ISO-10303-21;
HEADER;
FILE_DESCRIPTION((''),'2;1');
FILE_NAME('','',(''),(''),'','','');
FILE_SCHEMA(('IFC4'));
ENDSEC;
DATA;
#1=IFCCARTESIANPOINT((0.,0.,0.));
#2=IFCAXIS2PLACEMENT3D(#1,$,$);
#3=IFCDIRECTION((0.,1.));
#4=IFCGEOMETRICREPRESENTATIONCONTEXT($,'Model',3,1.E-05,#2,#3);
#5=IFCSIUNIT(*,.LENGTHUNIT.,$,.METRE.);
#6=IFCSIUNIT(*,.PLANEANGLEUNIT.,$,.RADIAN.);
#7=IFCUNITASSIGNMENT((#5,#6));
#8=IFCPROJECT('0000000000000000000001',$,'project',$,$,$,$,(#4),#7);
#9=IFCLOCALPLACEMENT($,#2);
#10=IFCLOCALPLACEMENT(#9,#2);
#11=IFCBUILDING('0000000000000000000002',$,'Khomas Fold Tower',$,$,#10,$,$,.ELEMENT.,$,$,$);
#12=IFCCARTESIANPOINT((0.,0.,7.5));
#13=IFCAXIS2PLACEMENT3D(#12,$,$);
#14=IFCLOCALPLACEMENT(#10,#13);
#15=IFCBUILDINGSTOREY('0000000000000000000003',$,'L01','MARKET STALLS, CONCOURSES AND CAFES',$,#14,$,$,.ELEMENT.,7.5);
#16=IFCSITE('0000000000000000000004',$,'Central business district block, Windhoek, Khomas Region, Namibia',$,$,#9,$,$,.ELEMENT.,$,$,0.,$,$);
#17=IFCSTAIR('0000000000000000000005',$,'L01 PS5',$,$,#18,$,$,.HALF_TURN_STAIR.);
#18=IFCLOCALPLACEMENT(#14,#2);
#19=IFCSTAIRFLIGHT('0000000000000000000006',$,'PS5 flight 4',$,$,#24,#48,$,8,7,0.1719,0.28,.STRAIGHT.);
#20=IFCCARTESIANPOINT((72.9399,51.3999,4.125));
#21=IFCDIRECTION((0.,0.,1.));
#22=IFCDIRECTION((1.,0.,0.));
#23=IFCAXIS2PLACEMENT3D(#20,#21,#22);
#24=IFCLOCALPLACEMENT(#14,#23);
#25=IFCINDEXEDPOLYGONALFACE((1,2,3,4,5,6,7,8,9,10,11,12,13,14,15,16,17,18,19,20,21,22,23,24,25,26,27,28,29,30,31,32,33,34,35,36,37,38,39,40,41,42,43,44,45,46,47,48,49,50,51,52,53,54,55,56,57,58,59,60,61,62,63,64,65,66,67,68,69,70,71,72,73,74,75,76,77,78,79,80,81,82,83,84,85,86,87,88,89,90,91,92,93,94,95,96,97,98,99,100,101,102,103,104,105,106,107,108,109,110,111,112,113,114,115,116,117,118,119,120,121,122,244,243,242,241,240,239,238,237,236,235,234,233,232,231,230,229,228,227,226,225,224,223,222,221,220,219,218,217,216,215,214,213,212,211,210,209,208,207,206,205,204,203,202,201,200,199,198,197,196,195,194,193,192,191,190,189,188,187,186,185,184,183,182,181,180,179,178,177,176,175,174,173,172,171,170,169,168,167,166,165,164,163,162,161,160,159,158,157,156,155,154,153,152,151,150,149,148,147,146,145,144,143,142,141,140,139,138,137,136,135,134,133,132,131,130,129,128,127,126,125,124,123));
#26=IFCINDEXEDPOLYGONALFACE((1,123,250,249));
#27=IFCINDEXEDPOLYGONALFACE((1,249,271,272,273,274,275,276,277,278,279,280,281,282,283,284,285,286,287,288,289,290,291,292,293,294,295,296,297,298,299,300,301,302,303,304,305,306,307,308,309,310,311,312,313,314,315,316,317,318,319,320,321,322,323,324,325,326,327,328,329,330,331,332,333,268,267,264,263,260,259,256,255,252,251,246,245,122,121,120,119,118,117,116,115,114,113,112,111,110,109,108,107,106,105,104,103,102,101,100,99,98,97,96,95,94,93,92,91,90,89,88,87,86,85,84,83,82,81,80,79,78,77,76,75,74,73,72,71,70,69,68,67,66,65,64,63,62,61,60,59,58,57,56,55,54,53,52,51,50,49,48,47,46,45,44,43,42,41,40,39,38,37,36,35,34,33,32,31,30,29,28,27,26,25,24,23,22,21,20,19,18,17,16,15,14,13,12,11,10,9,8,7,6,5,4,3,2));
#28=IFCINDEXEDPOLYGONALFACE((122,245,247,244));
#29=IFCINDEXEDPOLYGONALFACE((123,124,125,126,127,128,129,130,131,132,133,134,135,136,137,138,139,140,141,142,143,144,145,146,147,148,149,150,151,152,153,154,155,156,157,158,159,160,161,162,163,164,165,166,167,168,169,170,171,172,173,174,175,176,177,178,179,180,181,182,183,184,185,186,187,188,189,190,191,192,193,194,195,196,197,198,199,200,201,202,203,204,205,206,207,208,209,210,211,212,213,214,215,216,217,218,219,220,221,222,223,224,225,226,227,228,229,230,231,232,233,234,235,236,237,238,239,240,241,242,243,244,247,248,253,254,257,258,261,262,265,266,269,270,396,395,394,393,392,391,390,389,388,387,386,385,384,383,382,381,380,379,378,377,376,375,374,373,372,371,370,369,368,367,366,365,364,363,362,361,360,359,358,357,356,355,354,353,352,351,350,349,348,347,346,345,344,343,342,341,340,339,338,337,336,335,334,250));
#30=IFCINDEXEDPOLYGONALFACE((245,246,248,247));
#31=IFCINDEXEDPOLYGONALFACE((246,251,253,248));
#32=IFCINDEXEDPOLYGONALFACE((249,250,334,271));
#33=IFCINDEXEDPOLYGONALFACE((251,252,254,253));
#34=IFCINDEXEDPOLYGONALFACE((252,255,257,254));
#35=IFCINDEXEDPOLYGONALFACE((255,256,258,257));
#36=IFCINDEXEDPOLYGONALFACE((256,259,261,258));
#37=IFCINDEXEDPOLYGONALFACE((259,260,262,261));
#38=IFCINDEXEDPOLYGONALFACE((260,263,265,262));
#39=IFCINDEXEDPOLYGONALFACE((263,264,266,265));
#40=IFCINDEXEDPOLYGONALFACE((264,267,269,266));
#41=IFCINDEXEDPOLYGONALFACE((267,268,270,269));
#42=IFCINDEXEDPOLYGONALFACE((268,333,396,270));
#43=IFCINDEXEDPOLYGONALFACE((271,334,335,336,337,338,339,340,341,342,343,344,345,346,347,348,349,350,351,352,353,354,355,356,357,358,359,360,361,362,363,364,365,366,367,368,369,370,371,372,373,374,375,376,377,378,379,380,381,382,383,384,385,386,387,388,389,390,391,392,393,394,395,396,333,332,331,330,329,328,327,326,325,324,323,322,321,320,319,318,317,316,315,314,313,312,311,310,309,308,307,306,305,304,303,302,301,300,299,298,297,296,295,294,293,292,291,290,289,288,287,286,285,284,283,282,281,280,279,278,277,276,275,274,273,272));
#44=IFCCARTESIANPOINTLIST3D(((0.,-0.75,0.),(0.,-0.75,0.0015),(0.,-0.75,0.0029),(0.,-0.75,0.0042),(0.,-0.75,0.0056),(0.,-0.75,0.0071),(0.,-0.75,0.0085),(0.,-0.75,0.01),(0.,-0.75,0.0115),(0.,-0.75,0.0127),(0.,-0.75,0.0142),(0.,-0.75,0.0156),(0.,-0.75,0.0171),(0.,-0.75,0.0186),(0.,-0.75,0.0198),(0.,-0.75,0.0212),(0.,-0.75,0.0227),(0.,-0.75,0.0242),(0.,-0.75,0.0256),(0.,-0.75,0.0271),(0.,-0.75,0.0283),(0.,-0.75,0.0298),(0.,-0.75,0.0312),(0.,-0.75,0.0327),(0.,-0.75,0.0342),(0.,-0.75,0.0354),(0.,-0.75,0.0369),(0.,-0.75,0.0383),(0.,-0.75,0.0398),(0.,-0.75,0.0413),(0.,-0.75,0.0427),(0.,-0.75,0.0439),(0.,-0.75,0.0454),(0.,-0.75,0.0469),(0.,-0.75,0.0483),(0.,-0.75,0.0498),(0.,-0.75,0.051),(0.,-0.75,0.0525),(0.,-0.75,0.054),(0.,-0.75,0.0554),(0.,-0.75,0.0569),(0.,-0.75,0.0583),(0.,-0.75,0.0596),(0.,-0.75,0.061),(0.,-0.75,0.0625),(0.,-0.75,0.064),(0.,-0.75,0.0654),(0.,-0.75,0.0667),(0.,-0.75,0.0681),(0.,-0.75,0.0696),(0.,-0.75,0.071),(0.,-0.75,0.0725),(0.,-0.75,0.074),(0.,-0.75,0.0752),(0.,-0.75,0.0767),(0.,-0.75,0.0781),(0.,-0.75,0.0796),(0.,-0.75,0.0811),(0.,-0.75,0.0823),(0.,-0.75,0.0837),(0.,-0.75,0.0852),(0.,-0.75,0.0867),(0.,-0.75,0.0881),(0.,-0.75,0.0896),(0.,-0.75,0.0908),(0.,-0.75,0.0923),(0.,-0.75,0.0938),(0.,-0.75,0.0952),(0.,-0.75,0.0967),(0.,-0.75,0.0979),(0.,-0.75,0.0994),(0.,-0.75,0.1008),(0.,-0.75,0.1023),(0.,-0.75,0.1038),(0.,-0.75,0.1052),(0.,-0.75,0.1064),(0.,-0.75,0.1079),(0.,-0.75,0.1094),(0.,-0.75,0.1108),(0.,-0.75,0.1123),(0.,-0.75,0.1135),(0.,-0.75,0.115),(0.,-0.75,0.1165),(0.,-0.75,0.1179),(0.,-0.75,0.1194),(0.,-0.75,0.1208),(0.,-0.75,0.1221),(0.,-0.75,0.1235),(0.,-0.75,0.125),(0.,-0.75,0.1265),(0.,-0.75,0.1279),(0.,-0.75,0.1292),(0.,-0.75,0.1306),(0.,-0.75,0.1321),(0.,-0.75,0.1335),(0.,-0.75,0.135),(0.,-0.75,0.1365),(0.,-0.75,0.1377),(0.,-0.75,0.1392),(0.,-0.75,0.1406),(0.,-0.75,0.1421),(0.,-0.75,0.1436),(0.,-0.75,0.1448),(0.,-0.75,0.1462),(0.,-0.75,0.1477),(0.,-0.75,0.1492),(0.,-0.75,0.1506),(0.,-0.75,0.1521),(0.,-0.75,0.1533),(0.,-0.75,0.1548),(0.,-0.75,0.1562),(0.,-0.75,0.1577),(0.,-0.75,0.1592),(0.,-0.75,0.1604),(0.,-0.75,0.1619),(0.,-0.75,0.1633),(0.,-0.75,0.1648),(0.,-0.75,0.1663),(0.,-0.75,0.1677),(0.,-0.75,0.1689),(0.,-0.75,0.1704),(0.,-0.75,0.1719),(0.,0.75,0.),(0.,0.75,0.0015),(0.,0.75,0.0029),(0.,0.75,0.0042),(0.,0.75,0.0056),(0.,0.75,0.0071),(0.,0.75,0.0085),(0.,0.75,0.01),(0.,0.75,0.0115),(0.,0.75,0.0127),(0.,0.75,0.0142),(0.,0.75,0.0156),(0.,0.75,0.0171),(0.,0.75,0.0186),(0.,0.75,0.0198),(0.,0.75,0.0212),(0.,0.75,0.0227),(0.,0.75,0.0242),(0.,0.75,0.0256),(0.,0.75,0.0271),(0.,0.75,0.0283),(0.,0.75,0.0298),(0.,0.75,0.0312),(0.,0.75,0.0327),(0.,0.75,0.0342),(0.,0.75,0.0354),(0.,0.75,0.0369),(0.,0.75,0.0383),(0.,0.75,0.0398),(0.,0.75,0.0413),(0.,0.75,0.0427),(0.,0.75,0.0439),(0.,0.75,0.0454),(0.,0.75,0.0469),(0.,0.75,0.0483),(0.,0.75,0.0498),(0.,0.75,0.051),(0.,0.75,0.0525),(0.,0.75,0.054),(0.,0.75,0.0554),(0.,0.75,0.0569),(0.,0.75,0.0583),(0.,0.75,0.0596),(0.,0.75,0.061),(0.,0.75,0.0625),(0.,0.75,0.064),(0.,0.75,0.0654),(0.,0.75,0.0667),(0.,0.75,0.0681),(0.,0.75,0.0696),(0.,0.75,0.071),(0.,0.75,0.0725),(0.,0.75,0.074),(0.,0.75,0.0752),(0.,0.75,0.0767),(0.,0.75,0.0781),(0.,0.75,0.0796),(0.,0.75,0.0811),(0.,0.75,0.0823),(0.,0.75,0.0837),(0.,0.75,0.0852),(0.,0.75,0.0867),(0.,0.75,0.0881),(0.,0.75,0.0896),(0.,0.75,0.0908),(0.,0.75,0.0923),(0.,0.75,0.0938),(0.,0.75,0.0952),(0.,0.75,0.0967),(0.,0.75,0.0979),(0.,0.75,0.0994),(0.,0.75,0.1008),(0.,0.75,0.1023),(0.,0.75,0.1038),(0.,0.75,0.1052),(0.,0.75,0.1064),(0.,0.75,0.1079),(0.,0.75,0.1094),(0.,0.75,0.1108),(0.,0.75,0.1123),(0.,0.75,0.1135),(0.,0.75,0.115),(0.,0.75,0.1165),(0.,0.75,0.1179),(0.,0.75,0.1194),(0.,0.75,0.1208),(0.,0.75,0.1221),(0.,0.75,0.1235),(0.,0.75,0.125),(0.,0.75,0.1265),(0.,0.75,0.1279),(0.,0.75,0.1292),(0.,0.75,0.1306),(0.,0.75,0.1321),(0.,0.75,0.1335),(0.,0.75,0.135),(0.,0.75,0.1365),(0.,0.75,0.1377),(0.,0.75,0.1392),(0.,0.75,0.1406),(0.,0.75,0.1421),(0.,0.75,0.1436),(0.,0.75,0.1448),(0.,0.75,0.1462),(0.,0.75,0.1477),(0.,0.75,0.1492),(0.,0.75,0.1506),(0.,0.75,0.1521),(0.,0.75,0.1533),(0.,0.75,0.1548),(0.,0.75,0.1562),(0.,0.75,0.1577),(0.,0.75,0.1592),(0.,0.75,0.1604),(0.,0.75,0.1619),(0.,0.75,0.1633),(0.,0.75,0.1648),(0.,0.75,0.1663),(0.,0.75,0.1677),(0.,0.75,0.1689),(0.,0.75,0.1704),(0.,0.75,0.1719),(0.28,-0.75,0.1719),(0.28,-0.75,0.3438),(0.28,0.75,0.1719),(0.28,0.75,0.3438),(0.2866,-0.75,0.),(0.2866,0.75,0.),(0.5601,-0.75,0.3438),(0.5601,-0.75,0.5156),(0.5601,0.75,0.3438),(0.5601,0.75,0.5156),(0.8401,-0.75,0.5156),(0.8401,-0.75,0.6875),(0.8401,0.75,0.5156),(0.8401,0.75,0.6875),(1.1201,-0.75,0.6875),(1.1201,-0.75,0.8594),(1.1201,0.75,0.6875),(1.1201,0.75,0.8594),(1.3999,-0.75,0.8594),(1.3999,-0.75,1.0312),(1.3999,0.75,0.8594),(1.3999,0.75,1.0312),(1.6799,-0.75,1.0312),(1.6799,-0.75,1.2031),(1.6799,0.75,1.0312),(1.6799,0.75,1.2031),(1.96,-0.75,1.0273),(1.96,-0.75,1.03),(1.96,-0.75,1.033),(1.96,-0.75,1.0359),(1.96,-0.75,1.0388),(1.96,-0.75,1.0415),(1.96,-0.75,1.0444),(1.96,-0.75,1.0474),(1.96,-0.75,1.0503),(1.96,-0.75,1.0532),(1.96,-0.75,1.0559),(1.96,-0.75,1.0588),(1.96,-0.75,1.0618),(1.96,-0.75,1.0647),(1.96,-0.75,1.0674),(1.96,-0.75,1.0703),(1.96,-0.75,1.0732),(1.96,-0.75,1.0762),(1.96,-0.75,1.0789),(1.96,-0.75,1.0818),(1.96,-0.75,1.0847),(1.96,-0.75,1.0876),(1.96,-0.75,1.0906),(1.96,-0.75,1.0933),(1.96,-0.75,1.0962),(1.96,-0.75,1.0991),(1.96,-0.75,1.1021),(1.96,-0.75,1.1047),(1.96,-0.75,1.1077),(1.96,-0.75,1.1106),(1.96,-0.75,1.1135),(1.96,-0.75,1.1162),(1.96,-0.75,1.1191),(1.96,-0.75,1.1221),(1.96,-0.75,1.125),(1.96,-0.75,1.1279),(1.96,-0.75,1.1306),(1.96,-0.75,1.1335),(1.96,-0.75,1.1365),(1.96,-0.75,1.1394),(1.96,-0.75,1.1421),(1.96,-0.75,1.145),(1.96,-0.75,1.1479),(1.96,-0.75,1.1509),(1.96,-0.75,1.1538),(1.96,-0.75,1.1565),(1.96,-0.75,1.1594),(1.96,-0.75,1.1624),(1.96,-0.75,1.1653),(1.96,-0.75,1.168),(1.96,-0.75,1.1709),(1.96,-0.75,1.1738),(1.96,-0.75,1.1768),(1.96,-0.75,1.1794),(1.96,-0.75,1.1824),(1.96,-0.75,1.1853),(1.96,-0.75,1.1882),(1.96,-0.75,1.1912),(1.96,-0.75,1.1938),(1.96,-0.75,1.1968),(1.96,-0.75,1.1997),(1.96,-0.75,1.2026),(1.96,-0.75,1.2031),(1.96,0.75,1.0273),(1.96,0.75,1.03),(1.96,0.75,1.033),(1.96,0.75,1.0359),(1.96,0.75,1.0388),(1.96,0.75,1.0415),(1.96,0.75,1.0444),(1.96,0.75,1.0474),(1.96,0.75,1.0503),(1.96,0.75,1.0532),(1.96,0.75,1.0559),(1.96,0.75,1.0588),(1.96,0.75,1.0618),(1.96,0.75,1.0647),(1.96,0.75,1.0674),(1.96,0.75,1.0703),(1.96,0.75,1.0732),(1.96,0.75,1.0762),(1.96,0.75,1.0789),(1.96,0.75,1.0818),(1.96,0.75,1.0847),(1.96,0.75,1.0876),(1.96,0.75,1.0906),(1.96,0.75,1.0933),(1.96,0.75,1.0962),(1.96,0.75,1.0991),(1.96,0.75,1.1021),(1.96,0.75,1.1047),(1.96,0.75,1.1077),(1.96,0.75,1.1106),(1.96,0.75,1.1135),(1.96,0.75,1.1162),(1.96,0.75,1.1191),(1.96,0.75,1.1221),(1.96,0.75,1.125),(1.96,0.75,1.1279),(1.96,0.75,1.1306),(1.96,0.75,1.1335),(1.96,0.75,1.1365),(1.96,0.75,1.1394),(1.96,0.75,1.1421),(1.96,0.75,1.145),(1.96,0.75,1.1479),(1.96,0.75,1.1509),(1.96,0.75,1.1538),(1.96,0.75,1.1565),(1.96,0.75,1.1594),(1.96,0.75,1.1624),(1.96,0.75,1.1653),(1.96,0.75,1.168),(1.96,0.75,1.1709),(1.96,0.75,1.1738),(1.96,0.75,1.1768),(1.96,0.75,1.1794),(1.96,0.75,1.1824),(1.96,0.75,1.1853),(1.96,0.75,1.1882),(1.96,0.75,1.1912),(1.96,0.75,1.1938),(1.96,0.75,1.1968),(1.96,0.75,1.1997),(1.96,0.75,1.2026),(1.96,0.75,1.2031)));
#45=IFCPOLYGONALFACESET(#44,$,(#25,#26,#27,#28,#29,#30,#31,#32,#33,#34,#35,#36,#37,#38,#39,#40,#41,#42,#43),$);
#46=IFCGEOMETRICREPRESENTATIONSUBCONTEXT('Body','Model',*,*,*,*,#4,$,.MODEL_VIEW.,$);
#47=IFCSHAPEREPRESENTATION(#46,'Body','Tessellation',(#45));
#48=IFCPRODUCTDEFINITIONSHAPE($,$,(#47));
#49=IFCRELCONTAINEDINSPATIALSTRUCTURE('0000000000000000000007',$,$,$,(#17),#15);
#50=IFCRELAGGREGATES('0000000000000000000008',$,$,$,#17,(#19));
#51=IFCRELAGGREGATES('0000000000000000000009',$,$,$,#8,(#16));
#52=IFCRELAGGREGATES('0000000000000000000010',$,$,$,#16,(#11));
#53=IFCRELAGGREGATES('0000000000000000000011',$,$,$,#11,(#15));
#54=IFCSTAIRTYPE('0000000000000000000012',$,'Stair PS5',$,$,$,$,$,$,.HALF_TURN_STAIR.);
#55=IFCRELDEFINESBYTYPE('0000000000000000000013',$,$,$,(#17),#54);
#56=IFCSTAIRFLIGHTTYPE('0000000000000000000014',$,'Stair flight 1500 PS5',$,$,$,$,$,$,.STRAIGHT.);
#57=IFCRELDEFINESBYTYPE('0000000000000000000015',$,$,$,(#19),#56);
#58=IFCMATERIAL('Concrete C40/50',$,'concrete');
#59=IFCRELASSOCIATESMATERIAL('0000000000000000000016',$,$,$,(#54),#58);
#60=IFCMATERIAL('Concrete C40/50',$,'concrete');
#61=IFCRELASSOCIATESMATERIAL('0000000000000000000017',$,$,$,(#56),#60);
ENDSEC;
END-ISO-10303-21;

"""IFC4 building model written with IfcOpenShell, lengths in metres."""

from ifc_helpers import new_model, si_unit, direction, frame, origin, place, context, subcontext, project, spatial, polyline, outline, extrude, source, transform, mapped, material, type_object, element, aggregate, save


model = new_model("IFC4")

# Units and contexts
model_context = context("Model", 3, precision=1e-05, world=origin(), true_north=direction((0.0, 1.0)))
body_context = subcontext(model_context, "Body", "Model", "MODEL_VIEW")
ifc_project = project(units=[si_unit("LENGTHUNIT", "METRE"), si_unit("PLANEANGLEUNIT", "RADIAN")], contexts=[model_context])

# Site, building, storey
site_placement = place(None, origin())
site = spatial("IfcSite", under=ifc_project, at=site_placement, Name="Central business district block, Windhoek, Khomas Region, Namibia", CompositionType="ELEMENT", RefElevation=0.0)
building_placement = place(site_placement, origin())
building = spatial("IfcBuilding", under=site, at=building_placement, Name="Khomas Fold Tower", CompositionType="ELEMENT")
storey_placement = place(building_placement, frame((0.0, 0.0, 7.5)))
storey = spatial("IfcBuildingStorey", under=building, at=storey_placement, Name="L01", Description="MARKET STALLS, CONCOURSES AND CAFES", CompositionType="ELEMENT", Elevation=7.5)

# Stair, stair flight
ifc_material_1 = material(Name="Concrete C40/50", Category="concrete")
stair_type_1 = type_object("IfcStairType", Name="Stair PS5", PredefinedType="HALF_TURN_STAIR", material=ifc_material_1)
stair_1_placement = place(storey_placement, origin())
stair_1 = element("IfcStair", 1, at=stair_1_placement, inside=storey, type_object=stair_type_1, Name="L01 PS5", PredefinedType="HALF_TURN_STAIR")
ifc_material_2 = material(Name="Concrete C40/50", Category="concrete")
stair_flight_type_1 = type_object("IfcStairFlightType", Name="Stair flight 1500 PS5", PredefinedType="STRAIGHT", material=ifc_material_2)
shared_shape_1 = source(origin(), body_context, "Body", "SweptSolid", [
    extrude(outline(polyline([(0.0, 0.0), (0.0, 0.0015), (0.0, 0.0029), (0.0, 0.0042), (0.0, 0.0056), (0.0, 0.0071), (0.0, 0.0085), (0.0, 0.01), (0.0, 0.0115), (0.0, 0.0127), (0.0, 0.0142), (0.0, 0.0156), (0.0, 0.0171), (0.0, 0.0186), (0.0, 0.0198), (0.0, 0.0212), (0.0, 0.0227), (0.0, 0.0242), (0.0, 0.0256), (0.0, 0.0271), (0.0, 0.0283), (0.0, 0.0298), (0.0, 0.0312), (0.0, 0.0327), (0.0, 0.0342), (0.0, 0.0354), (0.0, 0.0369), (0.0, 0.0383), (0.0, 0.0398), (0.0, 0.0413), (0.0, 0.0427), (0.0, 0.0439), (0.0, 0.0454), (0.0, 0.0469), (0.0, 0.0483), (0.0, 0.0498), (0.0, 0.051), (0.0, 0.0525), (0.0, 0.054), (0.0, 0.0554), (0.0, 0.0569), (0.0, 0.0583), (0.0, 0.0596), (0.0, 0.061), (0.0, 0.0625), (0.0, 0.064), (0.0, 0.0654), (0.0, 0.0667), (0.0, 0.0681), (0.0, 0.0696), (0.0, 0.071), (0.0, 0.0725), (0.0, 0.074), (0.0, 0.0752), (0.0, 0.0767), (0.0, 0.0781), (0.0, 0.0796), (0.0, 0.0811), (0.0, 0.0823), (0.0, 0.0837), (0.0, 0.0852), (0.0, 0.0867), (0.0, 0.0881), (0.0, 0.0896), (0.0, 0.0908), (0.0, 0.0923), (0.0, 0.0938), (0.0, 0.0952), (0.0, 0.0967), (0.0, 0.0979), (0.0, 0.0994), (0.0, 0.1008), (0.0, 0.1023), (0.0, 0.1038), (0.0, 0.1052), (0.0, 0.1064), (0.0, 0.1079), (0.0, 0.1094), (0.0, 0.1108), (0.0, 0.1123), (0.0, 0.1135), (0.0, 0.115), (0.0, 0.1165), (0.0, 0.1179), (0.0, 0.1194), (0.0, 0.1208), (0.0, 0.1221), (0.0, 0.1235), (0.0, 0.125), (0.0, 0.1265), (0.0, 0.1279), (0.0, 0.1292), (0.0, 0.1306), (0.0, 0.1321), (0.0, 0.1335), (0.0, 0.135), (0.0, 0.1365), (0.0, 0.1377), (0.0, 0.1392), (0.0, 0.1406), (0.0, 0.1421), (0.0, 0.1436), (0.0, 0.1448), (0.0, 0.1462), (0.0, 0.1477), (0.0, 0.1492), (0.0, 0.1506), (0.0, 0.1521), (0.0, 0.1533), (0.0, 0.1548), (0.0, 0.1562), (0.0, 0.1577), (0.0, 0.1592), (0.0, 0.1604), (0.0, 0.1619), (0.0, 0.1633), (0.0, 0.1648), (0.0, 0.1663), (0.0, 0.1677), (0.0, 0.1689), (0.0, 0.1704), (0.0, 0.1719), (0.28, 0.1719), (0.28, 0.3438), (0.5601, 0.3438), (0.5601, 0.5156), (0.8401, 0.5156), (0.8401, 0.6875), (1.1201, 0.6875), (1.1201, 0.8594), (1.3999, 0.8594), (1.3999, 1.0312), (1.6799, 1.0312), (1.6799, 1.2031), (1.96, 1.2031), (1.96, 1.375), (1.96, 1.3721), (1.96, 1.3691), (1.96, 1.3665), (1.96, 1.3635), (1.96, 1.3606), (1.96, 1.3577), (1.96, 1.355), (1.96, 1.3521), (1.96, 1.3491), (1.96, 1.3462), (1.96, 1.3435), (1.96, 1.3406), (1.96, 1.3376), (1.96, 1.3347), (1.96, 1.3318), (1.96, 1.3291), (1.96, 1.3262), (1.96, 1.3232), (1.96, 1.3203), (1.96, 1.3176), (1.96, 1.3147), (1.96, 1.3118), (1.96, 1.3088), (1.96, 1.3059), (1.96, 1.3032), (1.96, 1.3003), (1.96, 1.2974), (1.96, 1.2944), (1.96, 1.2917), (1.96, 1.2888), (1.96, 1.2859), (1.96, 1.283), (1.96, 1.2803), (1.96, 1.2773), (1.96, 1.2744), (1.96, 1.2715), (1.96, 1.2686), (1.96, 1.2659), (1.96, 1.2629), (1.96, 1.26), (1.96, 1.2571), (1.96, 1.2544), (1.96, 1.2515), (1.96, 1.2485), (1.96, 1.2456), (1.96, 1.2427), (1.96, 1.24), (1.96, 1.2371), (1.96, 1.2341), (1.96, 1.2312), (1.96, 1.2285), (1.96, 1.2256), (1.96, 1.2227), (1.96, 1.2197), (1.96, 1.217), (1.96, 1.2141), (1.96, 1.2112), (1.96, 1.2083), (1.96, 1.2053), (1.96, 1.2026), (1.96, 1.1997), (1.96, 1.1968), (1.96, 1.1938), (1.96, 1.1912), (1.96, 1.1882), (1.96, 1.1853), (1.96, 1.1824), (1.96, 1.1794), (1.96, 1.1768), (1.96, 1.1738), (1.96, 1.1709), (1.96, 1.168), (1.96, 1.1653), (1.96, 1.1624), (1.96, 1.1594), (1.96, 1.1565), (1.96, 1.1538), (1.96, 1.1509), (1.96, 1.1479), (1.96, 1.145), (1.96, 1.1421), (1.96, 1.1394), (1.96, 1.1365), (1.96, 1.1335), (1.96, 1.1306), (1.96, 1.1279), (1.96, 1.125), (1.96, 1.1221), (1.96, 1.1191), (1.96, 1.1162), (1.96, 1.1135), (1.96, 1.1106), (1.96, 1.1077), (1.96, 1.1047), (1.96, 1.1021), (1.96, 1.0991), (1.96, 1.0962), (1.96, 1.0933), (1.96, 1.0906), (1.96, 1.0876), (1.96, 1.0847), (1.96, 1.0818), (1.96, 1.0789), (1.96, 1.0762), (1.96, 1.0732), (1.96, 1.0703), (1.96, 1.0674), (1.96, 1.0647), (1.96, 1.0618), (1.96, 1.0588), (1.96, 1.0559), (1.96, 1.0532), (1.96, 1.0503), (1.96, 1.0474), (1.96, 1.0444), (1.96, 1.0415), (1.96, 1.0388), (1.96, 1.0359), (1.96, 1.033), (1.96, 1.03), (1.96, 1.0273), (0.2866, 0.0), (0.0, 0.0)])), frame((0.0, 0.75, 0.0), z_axis=(0.0, -1.0, 0.0), x_axis=(1.0, 0.0, 0.0)), (0.0, 0.0, 1.0), 1.5),
])
stair_flight_1_placement = place(storey_placement, frame((72.9399, 51.3999, 4.125), z_axis=(0.0, 0.0, 1.0), x_axis=(1.0, 0.0, 0.0)))
stair_flight_1 = element("IfcStairFlight", 2, at=stair_flight_1_placement, type_object=stair_flight_type_1, Name="PS5 flight 4", NumberOfRisers=8, NumberOfTreads=7, PredefinedType="STRAIGHT", RiserHeight=0.1719, TreadLength=0.28, context=body_context, shape_type="MappedRepresentation", body=[
    mapped(shared_shape_1, transform((0.0, 0.0, 0.0))),
])
aggregate(stair_1, [stair_flight_1])

save(model, "model.ifc")
